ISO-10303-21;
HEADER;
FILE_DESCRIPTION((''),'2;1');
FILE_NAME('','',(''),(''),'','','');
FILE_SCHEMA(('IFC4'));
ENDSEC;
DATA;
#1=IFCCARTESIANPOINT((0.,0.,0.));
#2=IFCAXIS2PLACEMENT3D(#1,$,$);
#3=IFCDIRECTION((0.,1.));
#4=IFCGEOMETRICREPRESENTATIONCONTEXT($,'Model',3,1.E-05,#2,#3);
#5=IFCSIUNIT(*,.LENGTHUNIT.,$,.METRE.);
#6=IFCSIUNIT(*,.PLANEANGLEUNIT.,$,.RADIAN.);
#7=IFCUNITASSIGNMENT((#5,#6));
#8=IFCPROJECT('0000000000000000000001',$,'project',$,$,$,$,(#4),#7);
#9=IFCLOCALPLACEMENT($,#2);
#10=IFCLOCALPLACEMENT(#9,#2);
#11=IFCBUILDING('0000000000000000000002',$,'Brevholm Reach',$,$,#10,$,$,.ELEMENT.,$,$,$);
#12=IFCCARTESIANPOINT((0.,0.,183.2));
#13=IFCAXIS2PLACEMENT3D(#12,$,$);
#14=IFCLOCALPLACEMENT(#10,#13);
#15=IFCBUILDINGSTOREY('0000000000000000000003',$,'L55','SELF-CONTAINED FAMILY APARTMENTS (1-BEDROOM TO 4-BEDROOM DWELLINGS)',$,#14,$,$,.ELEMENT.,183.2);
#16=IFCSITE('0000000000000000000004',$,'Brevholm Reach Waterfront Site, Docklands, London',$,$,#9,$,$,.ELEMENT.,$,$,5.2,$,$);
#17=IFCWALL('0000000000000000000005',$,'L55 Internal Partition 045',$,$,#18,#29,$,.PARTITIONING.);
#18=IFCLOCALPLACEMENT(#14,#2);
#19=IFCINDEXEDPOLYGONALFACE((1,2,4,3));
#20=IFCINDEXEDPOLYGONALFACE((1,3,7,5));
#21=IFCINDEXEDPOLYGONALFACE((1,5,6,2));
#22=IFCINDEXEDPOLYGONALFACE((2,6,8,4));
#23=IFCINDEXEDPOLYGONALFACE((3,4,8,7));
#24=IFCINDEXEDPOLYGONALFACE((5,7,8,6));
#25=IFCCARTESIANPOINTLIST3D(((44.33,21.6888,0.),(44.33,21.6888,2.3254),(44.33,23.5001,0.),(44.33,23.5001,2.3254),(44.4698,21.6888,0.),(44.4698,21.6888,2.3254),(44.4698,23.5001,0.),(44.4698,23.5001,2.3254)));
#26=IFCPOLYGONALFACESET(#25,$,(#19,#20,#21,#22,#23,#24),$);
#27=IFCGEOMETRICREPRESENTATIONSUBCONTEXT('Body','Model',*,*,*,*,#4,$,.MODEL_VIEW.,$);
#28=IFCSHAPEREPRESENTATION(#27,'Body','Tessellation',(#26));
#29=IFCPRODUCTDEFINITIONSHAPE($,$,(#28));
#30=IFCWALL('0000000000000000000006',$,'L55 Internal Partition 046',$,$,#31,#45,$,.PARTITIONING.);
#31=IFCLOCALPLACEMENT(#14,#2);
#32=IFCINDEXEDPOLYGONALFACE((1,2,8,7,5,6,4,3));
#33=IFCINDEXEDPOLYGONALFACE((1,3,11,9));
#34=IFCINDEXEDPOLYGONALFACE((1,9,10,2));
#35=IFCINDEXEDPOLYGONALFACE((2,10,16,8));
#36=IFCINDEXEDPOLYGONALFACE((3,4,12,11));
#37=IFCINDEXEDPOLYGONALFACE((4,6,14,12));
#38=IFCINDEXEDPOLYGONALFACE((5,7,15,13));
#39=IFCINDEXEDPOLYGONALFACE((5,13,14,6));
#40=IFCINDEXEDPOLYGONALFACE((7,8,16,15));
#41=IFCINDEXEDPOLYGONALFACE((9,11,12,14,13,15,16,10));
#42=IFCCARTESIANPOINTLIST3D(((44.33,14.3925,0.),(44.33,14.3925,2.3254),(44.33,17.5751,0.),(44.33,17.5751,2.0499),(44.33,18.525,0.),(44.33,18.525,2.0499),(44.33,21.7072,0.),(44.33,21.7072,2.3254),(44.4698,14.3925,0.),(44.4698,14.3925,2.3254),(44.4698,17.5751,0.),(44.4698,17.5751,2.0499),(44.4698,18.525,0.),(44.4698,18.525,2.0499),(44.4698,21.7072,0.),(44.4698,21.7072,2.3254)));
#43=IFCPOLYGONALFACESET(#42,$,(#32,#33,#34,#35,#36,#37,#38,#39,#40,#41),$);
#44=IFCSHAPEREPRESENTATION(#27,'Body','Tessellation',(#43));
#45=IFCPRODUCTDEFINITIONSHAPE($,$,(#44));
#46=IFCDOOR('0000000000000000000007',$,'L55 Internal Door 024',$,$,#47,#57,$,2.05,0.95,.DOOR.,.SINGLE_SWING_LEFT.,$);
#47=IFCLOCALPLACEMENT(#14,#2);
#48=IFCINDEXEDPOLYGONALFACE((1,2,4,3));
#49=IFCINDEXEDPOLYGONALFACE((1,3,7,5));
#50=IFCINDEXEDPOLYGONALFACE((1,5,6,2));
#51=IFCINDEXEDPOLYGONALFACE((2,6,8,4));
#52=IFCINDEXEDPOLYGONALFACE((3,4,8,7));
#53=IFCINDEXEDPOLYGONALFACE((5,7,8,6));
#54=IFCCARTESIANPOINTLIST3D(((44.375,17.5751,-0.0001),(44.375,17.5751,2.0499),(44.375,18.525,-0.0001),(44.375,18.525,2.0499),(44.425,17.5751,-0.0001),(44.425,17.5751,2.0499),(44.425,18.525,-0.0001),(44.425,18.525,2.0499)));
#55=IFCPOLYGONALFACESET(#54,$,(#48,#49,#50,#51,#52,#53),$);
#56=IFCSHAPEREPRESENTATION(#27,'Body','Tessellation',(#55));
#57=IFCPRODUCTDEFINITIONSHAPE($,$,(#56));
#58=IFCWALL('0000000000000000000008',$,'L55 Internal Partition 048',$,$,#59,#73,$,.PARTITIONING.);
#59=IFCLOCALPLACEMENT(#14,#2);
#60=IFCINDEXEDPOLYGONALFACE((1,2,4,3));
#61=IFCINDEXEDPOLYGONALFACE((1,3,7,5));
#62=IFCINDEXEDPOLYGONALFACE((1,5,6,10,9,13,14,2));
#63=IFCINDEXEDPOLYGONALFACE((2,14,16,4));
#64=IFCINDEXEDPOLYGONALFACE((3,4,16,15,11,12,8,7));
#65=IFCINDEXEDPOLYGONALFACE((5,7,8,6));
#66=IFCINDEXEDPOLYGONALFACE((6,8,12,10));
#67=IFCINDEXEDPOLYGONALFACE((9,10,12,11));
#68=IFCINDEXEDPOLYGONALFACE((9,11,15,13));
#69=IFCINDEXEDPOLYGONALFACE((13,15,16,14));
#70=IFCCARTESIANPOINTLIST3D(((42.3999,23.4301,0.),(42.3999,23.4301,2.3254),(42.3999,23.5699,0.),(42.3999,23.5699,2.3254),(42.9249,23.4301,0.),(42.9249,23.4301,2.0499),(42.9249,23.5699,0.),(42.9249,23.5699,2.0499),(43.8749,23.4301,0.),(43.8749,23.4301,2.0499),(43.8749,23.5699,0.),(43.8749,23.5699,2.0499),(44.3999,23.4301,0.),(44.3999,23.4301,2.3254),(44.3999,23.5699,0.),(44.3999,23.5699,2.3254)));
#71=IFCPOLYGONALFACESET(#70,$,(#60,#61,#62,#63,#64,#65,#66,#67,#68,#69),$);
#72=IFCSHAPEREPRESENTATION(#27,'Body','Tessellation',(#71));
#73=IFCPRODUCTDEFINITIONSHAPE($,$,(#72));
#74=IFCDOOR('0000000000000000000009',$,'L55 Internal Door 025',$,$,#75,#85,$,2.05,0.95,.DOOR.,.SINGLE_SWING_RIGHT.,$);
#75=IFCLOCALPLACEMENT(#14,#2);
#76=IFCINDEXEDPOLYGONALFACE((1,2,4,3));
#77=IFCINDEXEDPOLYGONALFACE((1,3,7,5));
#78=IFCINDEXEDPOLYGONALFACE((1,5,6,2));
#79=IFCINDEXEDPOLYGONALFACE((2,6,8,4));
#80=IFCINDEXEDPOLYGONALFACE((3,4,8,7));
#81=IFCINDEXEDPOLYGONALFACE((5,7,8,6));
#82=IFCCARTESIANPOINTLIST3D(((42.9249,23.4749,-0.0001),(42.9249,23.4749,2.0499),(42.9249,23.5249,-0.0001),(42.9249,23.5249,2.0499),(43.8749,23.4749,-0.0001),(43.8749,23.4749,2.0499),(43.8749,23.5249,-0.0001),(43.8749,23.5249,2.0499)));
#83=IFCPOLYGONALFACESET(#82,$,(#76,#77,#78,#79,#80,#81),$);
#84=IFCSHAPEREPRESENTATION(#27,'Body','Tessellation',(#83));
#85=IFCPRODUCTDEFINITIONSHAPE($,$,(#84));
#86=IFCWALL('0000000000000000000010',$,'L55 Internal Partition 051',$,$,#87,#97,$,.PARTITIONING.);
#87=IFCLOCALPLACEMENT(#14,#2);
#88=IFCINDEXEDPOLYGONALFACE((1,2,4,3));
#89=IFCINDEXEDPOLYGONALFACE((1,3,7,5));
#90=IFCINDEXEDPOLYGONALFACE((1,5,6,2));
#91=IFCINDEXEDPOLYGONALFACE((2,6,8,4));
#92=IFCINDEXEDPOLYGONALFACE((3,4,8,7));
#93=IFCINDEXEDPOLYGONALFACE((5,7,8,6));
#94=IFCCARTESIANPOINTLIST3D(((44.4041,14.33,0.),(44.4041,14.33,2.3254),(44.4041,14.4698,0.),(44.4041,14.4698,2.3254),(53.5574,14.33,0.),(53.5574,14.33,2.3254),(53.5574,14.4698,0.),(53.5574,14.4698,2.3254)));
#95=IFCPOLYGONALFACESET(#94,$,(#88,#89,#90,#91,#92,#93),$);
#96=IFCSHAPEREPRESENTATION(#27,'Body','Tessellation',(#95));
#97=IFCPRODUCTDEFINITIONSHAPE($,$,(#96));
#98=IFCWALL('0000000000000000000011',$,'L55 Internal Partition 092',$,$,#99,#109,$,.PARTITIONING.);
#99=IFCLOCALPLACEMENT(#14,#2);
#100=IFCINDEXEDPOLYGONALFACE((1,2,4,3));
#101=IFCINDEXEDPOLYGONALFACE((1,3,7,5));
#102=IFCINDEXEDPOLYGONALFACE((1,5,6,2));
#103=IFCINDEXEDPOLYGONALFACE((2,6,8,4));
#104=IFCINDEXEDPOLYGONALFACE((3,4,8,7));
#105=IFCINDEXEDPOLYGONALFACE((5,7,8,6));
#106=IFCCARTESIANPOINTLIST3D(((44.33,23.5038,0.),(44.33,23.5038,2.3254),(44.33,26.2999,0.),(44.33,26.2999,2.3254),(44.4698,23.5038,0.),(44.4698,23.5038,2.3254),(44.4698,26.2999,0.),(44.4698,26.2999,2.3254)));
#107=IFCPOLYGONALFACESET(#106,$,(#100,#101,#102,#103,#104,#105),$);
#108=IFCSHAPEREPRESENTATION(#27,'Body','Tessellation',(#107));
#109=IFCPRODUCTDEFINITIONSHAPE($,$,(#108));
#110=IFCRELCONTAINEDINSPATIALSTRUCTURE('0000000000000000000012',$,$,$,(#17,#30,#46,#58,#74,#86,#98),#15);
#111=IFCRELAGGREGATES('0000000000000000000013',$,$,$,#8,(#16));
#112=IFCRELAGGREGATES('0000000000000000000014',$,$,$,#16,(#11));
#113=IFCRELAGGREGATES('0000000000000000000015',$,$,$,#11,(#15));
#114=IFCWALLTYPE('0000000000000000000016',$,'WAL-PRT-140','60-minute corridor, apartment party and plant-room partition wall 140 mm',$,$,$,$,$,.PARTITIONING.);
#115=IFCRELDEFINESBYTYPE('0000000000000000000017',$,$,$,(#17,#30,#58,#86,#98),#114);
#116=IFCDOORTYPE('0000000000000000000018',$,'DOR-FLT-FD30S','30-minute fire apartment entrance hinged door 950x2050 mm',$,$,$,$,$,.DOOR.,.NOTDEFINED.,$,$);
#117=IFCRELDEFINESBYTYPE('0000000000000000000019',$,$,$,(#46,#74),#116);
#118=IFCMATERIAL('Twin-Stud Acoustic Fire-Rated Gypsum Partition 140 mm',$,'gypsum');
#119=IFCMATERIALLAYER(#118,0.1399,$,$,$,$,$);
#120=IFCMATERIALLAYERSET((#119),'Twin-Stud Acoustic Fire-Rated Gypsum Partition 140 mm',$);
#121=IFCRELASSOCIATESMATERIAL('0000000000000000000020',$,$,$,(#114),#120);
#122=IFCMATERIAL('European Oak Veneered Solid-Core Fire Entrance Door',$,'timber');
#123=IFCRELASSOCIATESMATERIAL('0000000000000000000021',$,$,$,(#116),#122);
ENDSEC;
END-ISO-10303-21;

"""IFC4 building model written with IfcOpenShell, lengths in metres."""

from ifc_helpers import new_model, si_unit, direction, frame, frame_2d, origin, place, context, subcontext, project, spatial, rectangle, extrude, material, layer, layer_set, type_object, element, fill, save


model = new_model("IFC4")

# Units and contexts
model_context = context("Model", 3, precision=1e-05, world=origin(), true_north=direction((0.0, 1.0)))
body_context = subcontext(model_context, "Body", "Model", "MODEL_VIEW")
ifc_project = project(units=[si_unit("LENGTHUNIT", "METRE"), si_unit("PLANEANGLEUNIT", "RADIAN")], contexts=[model_context])

# Site, building, storey
site_placement = place(None, origin())
site = spatial("IfcSite", under=ifc_project, at=site_placement, Name="Brevholm Reach Waterfront Site, Docklands, London", CompositionType="ELEMENT", RefElevation=5.2)
building_placement = place(site_placement, origin())
building = spatial("IfcBuilding", under=site, at=building_placement, Name="Brevholm Reach", CompositionType="ELEMENT")
storey_placement = place(building_placement, frame((0.0, 0.0, 183.2)))
storey = spatial("IfcBuildingStorey", under=building, at=storey_placement, Name="L55", Description="SELF-CONTAINED FAMILY APARTMENTS (1-BEDROOM TO 4-BEDROOM DWELLINGS)", CompositionType="ELEMENT", Elevation=183.2)

# Wall
ifc_material_1 = material(Name="Twin-Stud Acoustic Fire-Rated Gypsum Partition 140 mm", Category="gypsum")
ifc_layer_1 = layer(ifc_material_1, 0.1399)
ifc_layer_set_1 = layer_set([ifc_layer_1], Name="Twin-Stud Acoustic Fire-Rated Gypsum Partition 140 mm")
wall_type_1 = type_object("IfcWallType", Name="WAL-PRT-140", Description="60-minute corridor, apartment party and plant-room partition wall 140 mm", PredefinedType="PARTITIONING", material=ifc_layer_set_1)
wall_1_placement = place(storey_placement, frame((44.3999, 21.6887, 0.0), z_axis=(0.0, 0.0, 1.0), x_axis=(0.0, 1.0, 0.0)))
element("IfcWall", 1, at=wall_1_placement, inside=storey, type_object=wall_type_1, Name="L55 Internal Partition 045", PredefinedType="PARTITIONING", context=body_context, shape_type="SweptSolid", body=[
    extrude(rectangle(XDim=1.8113, YDim=0.1399, at=frame_2d((0.9058, 0.0))), origin(), (0.0, 0.0, 1.0), 2.3254),
])

# Walls, openings, doors
wall_2_placement = place(storey_placement, frame((44.3999, 14.3926, 0.0), z_axis=(0.0, 0.0, 1.0), x_axis=(0.0, 1.0, 0.0)))
wall_2 = element("IfcWall", 2, at=wall_2_placement, inside=storey, type_object=wall_type_1, Name="L55 Internal Partition 046", PredefinedType="PARTITIONING", context=body_context, shape_type="SweptSolid", body=[
    extrude(rectangle(XDim=7.3147, YDim=0.1399, at=frame_2d((3.6572, 0.0))), origin(), (0.0, 0.0, 1.0), 2.3254),
])
opening_1_placement = place(wall_2_placement, frame((3.1824, 0.0, 0.0)))
opening_1 = element("IfcOpeningElement", 3, at=opening_1_placement, cuts=wall_2, PredefinedType="OPENING", context=body_context, shape_type="SweptSolid", body=[
    extrude(rectangle(XDim=0.95, YDim=2.05, at=frame_2d((0.4751, 1.0249))), frame((0.0, 0.0798, 0.0), z_axis=(0.0, -1.0, 0.0), x_axis=(1.0, 0.0, 0.0)), (0.0, 0.0, 1.0), 0.1599),
])
ifc_material_2 = material(Name="European Oak Veneered Solid-Core Fire Entrance Door", Category="timber")
door_type_1 = type_object("IfcDoorType", Name="DOR-FLT-FD30S", Description="30-minute fire apartment entrance hinged door 950x2050 mm", OperationType="NOTDEFINED", PredefinedType="DOOR", material=ifc_material_2)
door_1_placement = place(opening_1_placement, origin())
door_1 = element("IfcDoor", 4, at=door_1_placement, inside=storey, type_object=door_type_1, Name="L55 Internal Door 024", OperationType="SINGLE_SWING_LEFT", OverallHeight=2.05, OverallWidth=0.95, PredefinedType="DOOR", context=body_context, shape_type="SweptSolid", body=[
    extrude(rectangle(XDim=0.95, YDim=2.05, at=frame_2d((0.4751, 1.0249))), frame((0.0, 0.0249, 0.0), z_axis=(0.0, -1.0, 0.0), x_axis=(1.0, 0.0, 0.0)), (0.0, 0.0, 1.0), 0.05),
])
fill(opening_1, door_1)
wall_3_placement = place(storey_placement, frame((42.3999, 23.5, 0.0), z_axis=(0.0, 0.0, 1.0), x_axis=(1.0, 0.0, 0.0)))
wall_3 = element("IfcWall", 5, at=wall_3_placement, inside=storey, type_object=wall_type_1, Name="L55 Internal Partition 048", PredefinedType="PARTITIONING", context=body_context, shape_type="SweptSolid", body=[
    extrude(rectangle(XDim=2.0, YDim=0.1399, at=frame_2d((1.0, 0.0))), origin(), (0.0, 0.0, 1.0), 2.3254),
])
opening_2_placement = place(wall_3_placement, frame((0.5249, 0.0, 0.0)))
opening_2 = element("IfcOpeningElement", 6, at=opening_2_placement, cuts=wall_3, PredefinedType="OPENING", context=body_context, shape_type="SweptSolid", body=[
    extrude(rectangle(XDim=0.95, YDim=2.05, at=frame_2d((0.4751, 1.0249))), frame((0.0, 0.0798, 0.0), z_axis=(0.0, -1.0, 0.0), x_axis=(1.0, 0.0, 0.0)), (0.0, 0.0, 1.0), 0.1599),
])
door_2_placement = place(opening_2_placement, origin())
door_2 = element("IfcDoor", 7, at=door_2_placement, inside=storey, type_object=door_type_1, Name="L55 Internal Door 025", OperationType="SINGLE_SWING_RIGHT", OverallHeight=2.05, OverallWidth=0.95, PredefinedType="DOOR", context=body_context, shape_type="SweptSolid", body=[
    extrude(rectangle(XDim=0.95, YDim=2.05, at=frame_2d((0.4751, 1.0249))), frame((0.0, 0.0249, 0.0), z_axis=(0.0, -1.0, 0.0), x_axis=(1.0, 0.0, 0.0)), (0.0, 0.0, 1.0), 0.05),
])
fill(opening_2, door_2)

# Walls
wall_4_placement = place(storey_placement, frame((44.4041, 14.3999, 0.0), z_axis=(0.0, 0.0, 1.0), x_axis=(1.0, 0.0, 0.0)))
element("IfcWall", 8, at=wall_4_placement, inside=storey, type_object=wall_type_1, Name="L55 Internal Partition 051", PredefinedType="PARTITIONING", context=body_context, shape_type="SweptSolid", body=[
    extrude(rectangle(XDim=9.1533, YDim=0.1399, at=frame_2d((4.5767, 0.0))), origin(), (0.0, 0.0, 1.0), 2.3254),
])
wall_5_placement = place(storey_placement, frame((44.3999, 23.5039, 0.0), z_axis=(0.0, 0.0, 1.0), x_axis=(0.0, 1.0, 0.0)))
element("IfcWall", 9, at=wall_5_placement, inside=storey, type_object=wall_type_1, Name="L55 Internal Partition 092", PredefinedType="PARTITIONING", context=body_context, shape_type="SweptSolid", body=[
    extrude(rectangle(XDim=2.7961, YDim=0.1399, at=frame_2d((1.3979, 0.0))), origin(), (0.0, 0.0, 1.0), 2.3254),
])

save(model, "model.ifc")
